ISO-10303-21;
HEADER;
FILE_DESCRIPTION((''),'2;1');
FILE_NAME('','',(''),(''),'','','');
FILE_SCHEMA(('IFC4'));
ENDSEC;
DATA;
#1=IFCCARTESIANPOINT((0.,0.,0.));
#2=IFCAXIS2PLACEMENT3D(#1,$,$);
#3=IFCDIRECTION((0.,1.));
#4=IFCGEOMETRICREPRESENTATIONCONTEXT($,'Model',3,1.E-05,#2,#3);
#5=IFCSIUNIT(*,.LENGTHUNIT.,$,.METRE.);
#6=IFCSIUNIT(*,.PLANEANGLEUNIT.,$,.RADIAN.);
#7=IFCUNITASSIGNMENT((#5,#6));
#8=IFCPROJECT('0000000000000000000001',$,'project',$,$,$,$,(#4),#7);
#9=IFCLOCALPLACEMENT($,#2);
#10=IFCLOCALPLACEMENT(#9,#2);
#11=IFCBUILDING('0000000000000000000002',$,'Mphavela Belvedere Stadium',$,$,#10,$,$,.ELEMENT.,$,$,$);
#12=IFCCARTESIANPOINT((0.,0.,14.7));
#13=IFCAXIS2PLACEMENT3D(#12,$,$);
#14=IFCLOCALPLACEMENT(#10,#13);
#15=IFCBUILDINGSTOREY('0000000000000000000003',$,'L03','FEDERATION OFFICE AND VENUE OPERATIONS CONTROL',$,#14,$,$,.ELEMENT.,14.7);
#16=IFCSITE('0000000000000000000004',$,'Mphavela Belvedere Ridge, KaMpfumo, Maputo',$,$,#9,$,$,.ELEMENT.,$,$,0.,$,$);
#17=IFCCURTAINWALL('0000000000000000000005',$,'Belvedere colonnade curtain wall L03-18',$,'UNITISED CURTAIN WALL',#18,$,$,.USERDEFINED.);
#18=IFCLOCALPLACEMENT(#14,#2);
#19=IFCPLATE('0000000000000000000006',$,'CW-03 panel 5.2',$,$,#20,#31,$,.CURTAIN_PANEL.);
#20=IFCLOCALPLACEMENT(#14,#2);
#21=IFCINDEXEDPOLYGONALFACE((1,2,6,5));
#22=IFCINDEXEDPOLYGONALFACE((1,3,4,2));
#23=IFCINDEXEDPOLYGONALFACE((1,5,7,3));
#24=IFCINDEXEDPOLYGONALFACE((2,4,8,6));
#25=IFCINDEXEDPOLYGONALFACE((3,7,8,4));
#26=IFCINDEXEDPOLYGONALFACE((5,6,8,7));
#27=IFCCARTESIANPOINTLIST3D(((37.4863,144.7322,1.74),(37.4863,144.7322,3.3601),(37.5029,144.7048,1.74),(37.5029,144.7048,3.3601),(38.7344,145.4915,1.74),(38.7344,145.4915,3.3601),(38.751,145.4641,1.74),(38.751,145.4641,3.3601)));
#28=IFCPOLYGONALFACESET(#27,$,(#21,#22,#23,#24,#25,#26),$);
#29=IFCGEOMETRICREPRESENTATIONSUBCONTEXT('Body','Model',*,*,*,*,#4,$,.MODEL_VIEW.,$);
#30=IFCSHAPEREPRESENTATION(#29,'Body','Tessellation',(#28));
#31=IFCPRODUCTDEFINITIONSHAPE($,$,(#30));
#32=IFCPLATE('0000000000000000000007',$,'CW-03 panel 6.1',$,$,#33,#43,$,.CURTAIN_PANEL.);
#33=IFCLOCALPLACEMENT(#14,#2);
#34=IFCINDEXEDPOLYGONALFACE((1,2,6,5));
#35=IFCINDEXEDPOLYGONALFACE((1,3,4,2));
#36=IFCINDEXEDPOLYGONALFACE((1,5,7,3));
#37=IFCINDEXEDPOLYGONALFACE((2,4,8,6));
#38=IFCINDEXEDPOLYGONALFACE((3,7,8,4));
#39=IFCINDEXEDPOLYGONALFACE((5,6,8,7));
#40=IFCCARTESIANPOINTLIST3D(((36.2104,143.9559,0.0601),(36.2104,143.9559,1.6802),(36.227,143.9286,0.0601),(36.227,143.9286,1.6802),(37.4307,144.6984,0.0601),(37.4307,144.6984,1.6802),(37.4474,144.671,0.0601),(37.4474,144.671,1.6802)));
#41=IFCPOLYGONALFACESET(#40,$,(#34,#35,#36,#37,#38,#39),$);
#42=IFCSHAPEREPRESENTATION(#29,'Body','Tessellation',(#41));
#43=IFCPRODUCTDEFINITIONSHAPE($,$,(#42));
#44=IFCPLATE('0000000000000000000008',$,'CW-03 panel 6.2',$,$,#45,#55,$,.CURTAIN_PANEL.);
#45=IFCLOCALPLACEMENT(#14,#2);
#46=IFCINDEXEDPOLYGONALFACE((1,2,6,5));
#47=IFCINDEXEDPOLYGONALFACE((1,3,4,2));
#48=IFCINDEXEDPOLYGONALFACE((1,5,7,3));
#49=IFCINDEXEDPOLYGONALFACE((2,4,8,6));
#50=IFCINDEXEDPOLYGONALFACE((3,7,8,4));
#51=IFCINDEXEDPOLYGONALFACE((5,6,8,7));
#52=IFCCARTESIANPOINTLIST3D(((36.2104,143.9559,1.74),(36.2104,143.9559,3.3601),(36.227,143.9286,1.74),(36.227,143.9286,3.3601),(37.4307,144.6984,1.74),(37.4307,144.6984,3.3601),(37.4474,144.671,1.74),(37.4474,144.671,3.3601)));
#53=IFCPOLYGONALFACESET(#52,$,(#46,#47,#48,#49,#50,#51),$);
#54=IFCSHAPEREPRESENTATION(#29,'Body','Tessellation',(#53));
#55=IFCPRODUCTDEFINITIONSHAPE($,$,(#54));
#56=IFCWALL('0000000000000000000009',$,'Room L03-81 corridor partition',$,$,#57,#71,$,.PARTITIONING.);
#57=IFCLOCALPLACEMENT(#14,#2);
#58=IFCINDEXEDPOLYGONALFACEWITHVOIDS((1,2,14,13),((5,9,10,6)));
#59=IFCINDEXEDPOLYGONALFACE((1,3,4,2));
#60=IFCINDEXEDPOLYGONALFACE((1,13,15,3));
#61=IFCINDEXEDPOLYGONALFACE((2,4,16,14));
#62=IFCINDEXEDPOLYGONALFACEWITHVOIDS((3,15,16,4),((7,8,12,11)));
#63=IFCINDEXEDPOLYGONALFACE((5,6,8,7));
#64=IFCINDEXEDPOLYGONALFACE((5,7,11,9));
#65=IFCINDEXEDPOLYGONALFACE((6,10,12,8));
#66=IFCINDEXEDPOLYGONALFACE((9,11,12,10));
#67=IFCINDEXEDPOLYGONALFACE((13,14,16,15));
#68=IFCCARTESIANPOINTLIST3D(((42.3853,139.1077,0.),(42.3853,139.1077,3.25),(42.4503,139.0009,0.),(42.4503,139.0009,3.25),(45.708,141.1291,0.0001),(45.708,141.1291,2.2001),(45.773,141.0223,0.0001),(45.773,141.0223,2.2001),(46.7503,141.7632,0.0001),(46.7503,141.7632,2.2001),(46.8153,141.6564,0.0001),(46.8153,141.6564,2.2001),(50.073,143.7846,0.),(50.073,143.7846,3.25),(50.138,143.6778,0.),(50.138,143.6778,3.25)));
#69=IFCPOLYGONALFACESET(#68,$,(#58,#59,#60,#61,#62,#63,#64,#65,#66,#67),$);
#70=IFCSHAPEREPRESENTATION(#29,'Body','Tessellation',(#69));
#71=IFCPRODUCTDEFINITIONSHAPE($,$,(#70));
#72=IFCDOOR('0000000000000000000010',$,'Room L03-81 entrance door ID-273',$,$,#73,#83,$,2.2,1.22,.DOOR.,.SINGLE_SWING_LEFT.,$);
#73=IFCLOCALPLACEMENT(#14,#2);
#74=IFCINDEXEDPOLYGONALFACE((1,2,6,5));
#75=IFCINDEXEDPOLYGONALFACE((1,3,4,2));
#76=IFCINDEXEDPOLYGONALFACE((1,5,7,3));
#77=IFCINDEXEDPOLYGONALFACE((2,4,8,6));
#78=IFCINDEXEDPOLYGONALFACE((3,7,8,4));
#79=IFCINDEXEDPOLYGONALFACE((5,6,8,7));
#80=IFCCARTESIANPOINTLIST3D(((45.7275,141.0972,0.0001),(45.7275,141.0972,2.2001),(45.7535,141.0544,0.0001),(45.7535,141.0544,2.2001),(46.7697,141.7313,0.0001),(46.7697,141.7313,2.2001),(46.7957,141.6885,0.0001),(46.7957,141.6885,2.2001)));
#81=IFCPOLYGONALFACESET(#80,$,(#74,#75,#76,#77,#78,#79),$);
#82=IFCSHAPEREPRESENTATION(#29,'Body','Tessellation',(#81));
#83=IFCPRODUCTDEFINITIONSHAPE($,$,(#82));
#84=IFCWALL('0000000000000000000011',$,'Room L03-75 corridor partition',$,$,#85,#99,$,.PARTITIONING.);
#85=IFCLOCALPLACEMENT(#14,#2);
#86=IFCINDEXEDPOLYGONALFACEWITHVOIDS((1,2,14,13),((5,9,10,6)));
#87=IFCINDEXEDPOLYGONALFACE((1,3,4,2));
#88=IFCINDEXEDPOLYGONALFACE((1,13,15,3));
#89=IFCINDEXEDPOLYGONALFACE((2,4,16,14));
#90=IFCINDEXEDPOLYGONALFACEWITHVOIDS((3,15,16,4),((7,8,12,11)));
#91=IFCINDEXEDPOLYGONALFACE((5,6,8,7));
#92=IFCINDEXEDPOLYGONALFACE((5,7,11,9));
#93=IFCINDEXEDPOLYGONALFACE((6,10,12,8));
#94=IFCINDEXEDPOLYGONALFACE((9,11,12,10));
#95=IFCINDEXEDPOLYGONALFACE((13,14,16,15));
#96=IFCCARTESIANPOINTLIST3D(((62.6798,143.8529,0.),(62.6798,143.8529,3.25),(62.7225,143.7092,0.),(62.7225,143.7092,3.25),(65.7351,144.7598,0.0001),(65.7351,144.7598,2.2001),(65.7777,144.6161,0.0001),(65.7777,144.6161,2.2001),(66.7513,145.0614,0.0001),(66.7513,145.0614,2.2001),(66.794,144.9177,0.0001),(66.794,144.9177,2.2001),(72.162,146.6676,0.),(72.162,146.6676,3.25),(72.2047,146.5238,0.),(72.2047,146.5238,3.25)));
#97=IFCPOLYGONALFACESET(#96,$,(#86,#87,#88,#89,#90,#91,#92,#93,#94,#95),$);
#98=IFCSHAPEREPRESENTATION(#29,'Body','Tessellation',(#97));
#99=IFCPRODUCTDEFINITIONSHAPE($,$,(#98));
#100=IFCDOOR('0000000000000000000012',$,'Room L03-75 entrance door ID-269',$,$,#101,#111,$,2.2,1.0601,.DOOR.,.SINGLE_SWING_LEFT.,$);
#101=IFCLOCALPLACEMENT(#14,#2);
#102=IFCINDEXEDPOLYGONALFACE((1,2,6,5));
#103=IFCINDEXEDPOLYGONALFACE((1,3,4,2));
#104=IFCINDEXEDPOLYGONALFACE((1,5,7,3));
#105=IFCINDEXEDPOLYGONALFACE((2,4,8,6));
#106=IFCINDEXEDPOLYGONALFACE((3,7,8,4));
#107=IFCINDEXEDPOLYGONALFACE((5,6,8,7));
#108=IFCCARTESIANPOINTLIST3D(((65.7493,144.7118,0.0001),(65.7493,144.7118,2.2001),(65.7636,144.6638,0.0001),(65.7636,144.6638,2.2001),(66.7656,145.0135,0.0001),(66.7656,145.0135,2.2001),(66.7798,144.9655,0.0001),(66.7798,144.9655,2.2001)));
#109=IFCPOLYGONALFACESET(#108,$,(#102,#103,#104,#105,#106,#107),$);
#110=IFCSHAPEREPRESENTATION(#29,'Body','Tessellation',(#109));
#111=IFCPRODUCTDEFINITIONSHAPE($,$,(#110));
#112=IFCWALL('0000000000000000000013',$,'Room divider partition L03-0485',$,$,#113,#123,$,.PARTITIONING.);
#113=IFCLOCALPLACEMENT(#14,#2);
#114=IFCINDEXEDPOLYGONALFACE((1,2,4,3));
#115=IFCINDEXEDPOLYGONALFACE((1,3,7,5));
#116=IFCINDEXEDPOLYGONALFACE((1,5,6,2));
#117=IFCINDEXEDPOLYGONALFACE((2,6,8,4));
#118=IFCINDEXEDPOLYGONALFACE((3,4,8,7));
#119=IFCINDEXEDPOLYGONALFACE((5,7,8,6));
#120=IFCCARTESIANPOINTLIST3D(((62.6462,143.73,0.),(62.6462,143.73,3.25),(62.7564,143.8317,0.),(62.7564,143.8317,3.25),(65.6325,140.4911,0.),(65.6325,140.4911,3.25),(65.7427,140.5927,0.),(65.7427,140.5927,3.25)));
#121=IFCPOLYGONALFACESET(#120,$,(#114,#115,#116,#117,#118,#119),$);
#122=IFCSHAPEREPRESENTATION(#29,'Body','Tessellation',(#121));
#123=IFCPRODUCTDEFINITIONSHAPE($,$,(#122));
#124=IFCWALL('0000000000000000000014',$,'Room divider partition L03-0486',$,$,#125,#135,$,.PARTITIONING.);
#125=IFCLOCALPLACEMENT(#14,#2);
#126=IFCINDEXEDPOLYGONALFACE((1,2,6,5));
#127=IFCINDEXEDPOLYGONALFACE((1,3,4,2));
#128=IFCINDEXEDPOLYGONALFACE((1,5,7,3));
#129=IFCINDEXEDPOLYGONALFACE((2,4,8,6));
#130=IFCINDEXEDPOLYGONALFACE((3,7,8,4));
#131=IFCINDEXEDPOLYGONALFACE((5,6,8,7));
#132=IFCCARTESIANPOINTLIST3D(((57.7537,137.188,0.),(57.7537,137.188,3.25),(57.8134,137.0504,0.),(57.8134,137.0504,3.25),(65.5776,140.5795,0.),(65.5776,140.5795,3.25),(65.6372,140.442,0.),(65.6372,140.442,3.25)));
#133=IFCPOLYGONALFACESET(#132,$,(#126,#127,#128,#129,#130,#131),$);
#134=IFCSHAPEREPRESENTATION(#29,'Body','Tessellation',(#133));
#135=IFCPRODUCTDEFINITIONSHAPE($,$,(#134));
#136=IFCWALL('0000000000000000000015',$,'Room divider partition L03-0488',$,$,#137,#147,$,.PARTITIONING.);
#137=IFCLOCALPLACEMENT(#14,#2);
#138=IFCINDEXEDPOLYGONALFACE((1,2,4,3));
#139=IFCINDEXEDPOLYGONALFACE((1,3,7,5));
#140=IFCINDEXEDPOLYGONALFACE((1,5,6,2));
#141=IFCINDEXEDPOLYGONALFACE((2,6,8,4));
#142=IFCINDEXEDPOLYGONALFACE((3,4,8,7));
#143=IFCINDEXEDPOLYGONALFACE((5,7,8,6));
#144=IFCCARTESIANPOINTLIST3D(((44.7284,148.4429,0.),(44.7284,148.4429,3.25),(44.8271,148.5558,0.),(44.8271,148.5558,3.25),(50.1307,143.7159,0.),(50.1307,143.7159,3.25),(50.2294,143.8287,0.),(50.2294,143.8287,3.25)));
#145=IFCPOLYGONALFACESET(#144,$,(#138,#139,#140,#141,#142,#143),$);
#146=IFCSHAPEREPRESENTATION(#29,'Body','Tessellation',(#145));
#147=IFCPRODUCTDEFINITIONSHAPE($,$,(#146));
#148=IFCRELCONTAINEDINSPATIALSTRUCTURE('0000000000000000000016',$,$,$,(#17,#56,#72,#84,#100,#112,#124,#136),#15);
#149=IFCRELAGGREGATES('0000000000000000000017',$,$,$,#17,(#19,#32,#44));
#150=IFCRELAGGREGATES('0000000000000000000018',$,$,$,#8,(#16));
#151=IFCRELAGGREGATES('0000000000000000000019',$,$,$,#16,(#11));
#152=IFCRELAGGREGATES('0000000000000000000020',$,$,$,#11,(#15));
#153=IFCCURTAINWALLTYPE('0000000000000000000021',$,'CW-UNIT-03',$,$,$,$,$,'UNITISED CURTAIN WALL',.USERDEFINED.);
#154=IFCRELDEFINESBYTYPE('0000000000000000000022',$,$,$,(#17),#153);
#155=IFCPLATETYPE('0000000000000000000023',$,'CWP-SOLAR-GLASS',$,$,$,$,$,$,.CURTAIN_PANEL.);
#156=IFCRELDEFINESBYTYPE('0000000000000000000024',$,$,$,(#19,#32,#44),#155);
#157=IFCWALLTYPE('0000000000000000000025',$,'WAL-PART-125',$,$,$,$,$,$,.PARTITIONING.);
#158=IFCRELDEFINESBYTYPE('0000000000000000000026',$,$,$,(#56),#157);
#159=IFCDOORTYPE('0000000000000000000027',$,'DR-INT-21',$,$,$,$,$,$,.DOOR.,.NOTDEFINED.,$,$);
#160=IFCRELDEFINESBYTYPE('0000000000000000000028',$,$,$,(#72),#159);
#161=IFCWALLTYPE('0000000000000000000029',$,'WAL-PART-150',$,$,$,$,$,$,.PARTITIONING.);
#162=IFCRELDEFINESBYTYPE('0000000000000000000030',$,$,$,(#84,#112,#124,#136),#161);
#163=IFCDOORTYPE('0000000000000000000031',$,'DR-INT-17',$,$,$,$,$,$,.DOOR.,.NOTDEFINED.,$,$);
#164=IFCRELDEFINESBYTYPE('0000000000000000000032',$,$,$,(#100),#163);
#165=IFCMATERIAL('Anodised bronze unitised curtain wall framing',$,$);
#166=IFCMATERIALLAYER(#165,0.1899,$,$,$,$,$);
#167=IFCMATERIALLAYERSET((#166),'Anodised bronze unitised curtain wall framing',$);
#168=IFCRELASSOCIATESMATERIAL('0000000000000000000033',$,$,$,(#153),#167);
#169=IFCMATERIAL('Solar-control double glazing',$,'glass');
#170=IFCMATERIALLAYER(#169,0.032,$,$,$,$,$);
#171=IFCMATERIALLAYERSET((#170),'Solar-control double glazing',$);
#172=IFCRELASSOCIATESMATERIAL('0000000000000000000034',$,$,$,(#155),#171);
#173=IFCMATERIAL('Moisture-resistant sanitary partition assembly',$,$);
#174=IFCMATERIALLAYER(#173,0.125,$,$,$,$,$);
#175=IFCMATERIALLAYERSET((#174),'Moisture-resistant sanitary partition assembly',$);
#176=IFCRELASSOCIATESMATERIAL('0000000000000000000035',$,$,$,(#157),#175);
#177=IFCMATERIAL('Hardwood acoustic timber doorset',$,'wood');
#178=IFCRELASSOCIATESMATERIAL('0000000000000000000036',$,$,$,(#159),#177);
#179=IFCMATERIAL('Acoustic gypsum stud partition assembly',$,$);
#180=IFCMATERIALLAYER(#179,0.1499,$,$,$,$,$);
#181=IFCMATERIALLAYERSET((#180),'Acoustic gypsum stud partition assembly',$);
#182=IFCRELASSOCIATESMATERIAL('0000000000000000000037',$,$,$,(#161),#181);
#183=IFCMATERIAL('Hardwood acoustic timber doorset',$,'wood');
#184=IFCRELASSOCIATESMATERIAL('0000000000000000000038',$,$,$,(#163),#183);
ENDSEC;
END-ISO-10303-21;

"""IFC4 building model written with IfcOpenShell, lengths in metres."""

from ifc_helpers import new_model, si_unit, direction, frame, frame_2d, origin, origin_2d, place, context, subcontext, project, spatial, rectangle, extrude, material, layer, layer_set, type_object, element, fill, aggregate, save


model = new_model("IFC4")

# Units and contexts
model_context = context("Model", 3, precision=1e-05, world=origin(), true_north=direction((0.0, 1.0)))
body_context = subcontext(model_context, "Body", "Model", "MODEL_VIEW")
ifc_project = project(units=[si_unit("LENGTHUNIT", "METRE"), si_unit("PLANEANGLEUNIT", "RADIAN")], contexts=[model_context])

# Site, building, storey
site_placement = place(None, origin())
site = spatial("IfcSite", under=ifc_project, at=site_placement, Name="Mphavela Belvedere Ridge, KaMpfumo, Maputo", CompositionType="ELEMENT", RefElevation=0.0)
building_placement = place(site_placement, origin())
building = spatial("IfcBuilding", under=site, at=building_placement, Name="Mphavela Belvedere Stadium", CompositionType="ELEMENT")
storey_placement = place(building_placement, frame((0.0, 0.0, 14.7)))
storey = spatial("IfcBuildingStorey", under=building, at=storey_placement, Name="L03", Description="FEDERATION OFFICE AND VENUE OPERATIONS CONTROL", CompositionType="ELEMENT", Elevation=14.7)

# Curtain wall, plates
ifc_material_1 = material(Name="Anodised bronze unitised curtain wall framing")
ifc_layer_1 = layer(ifc_material_1, 0.1899)
ifc_layer_set_1 = layer_set([ifc_layer_1], Name="Anodised bronze unitised curtain wall framing")
curtain_wall_type = type_object("IfcCurtainWallType", Name="CW-UNIT-03", ElementType="UNITISED CURTAIN WALL", PredefinedType="USERDEFINED", material=ifc_layer_set_1)
curtain_wall_placement = place(storey_placement, origin())
curtain_wall = element("IfcCurtainWall", 1, at=curtain_wall_placement, inside=storey, type_object=curtain_wall_type, Name="Belvedere colonnade curtain wall L03-18", ObjectType="UNITISED CURTAIN WALL", PredefinedType="USERDEFINED")
ifc_material_2 = material(Name="Solar-control double glazing", Category="glass")
ifc_layer_2 = layer(ifc_material_2, 0.032)
ifc_layer_set_2 = layer_set([ifc_layer_2], Name="Solar-control double glazing")
plate_type = type_object("IfcPlateType", Name="CWP-SOLAR-GLASS", PredefinedType="CURTAIN_PANEL", material=ifc_layer_set_2)
plate_1_placement = place(storey_placement, frame((38.1187, 145.0981, 1.74), z_axis=(0.0, 0.0, 1.0), x_axis=(-0.854325, -0.519738, 0.0)))
plate_1 = element("IfcPlate", 2, at=plate_1_placement, type_object=plate_type, Name="CW-03 panel 5.2", PredefinedType="CURTAIN_PANEL", context=body_context, shape_type="SweptSolid", body=[
    extrude(rectangle(XDim=1.4609, YDim=0.032, at=origin_2d()), origin(), (0.0, 0.0, 1.0), 1.6201),
])
plate_2_placement = place(storey_placement, frame((36.8289, 144.3135, 0.0601), z_axis=(0.0, 0.0, 1.0), x_axis=(-0.854325, -0.519738, 0.0)))
plate_2 = element("IfcPlate", 3, at=plate_2_placement, type_object=plate_type, Name="CW-03 panel 6.1", PredefinedType="CURTAIN_PANEL", context=body_context, shape_type="SweptSolid", body=[
    extrude(rectangle(XDim=1.4285, YDim=0.032, at=origin_2d()), origin(), (0.0, 0.0, 1.0), 1.6201),
])
plate_3_placement = place(storey_placement, frame((36.8289, 144.3135, 1.74), z_axis=(0.0, 0.0, 1.0), x_axis=(-0.854325, -0.519738, 0.0)))
plate_3 = element("IfcPlate", 4, at=plate_3_placement, type_object=plate_type, Name="CW-03 panel 6.2", PredefinedType="CURTAIN_PANEL", context=body_context, shape_type="SweptSolid", body=[
    extrude(rectangle(XDim=1.4285, YDim=0.032, at=origin_2d()), origin(), (0.0, 0.0, 1.0), 1.6201),
])
aggregate(curtain_wall, [plate_1, plate_2, plate_3])

# Walls, openings, doors
ifc_material_3 = material(Name="Moisture-resistant sanitary partition assembly")
ifc_layer_3 = layer(ifc_material_3, 0.125)
ifc_layer_set_3 = layer_set([ifc_layer_3], Name="Moisture-resistant sanitary partition assembly")
wall_type_1 = type_object("IfcWallType", Name="WAL-PART-125", PredefinedType="PARTITIONING", material=ifc_layer_set_3)
wall_1_placement = place(storey_placement, frame((50.1055, 143.7312, 0.0), z_axis=(0.0, 0.0, 1.0), x_axis=(-0.854322, -0.519745, 0.0)))
wall_1 = element("IfcWall", 5, at=wall_1_placement, inside=storey, type_object=wall_type_1, Name="Room L03-81 corridor partition", PredefinedType="PARTITIONING", context=body_context, shape_type="SweptSolid", body=[
    extrude(rectangle(XDim=8.9985, YDim=0.125, at=frame_2d((4.4993, 0.0))), origin(), (0.0, 0.0, 1.0), 3.25),
])
opening_1_placement = place(wall_1_placement, frame((3.8894, 0.0, 0.0)))
opening_1 = element("IfcOpeningElement", 6, at=opening_1_placement, cuts=wall_1, PredefinedType="OPENING", context=body_context, shape_type="SweptSolid", body=[
    extrude(rectangle(XDim=1.22, YDim=2.2, at=frame_2d((0.6099, 1.1001))), frame((0.0, 0.0725, 0.0), z_axis=(0.0, -1.0, 0.0), x_axis=(1.0, 0.0, 0.0)), (0.0, 0.0, 1.0), 0.145),
])
ifc_material_4 = material(Name="Hardwood acoustic timber doorset", Category="wood")
door_type_1 = type_object("IfcDoorType", Name="DR-INT-21", OperationType="NOTDEFINED", PredefinedType="DOOR", material=ifc_material_4)
door_1_placement = place(opening_1_placement, origin())
door_1 = element("IfcDoor", 7, at=door_1_placement, inside=storey, type_object=door_type_1, Name="Room L03-81 entrance door ID-273", OperationType="SINGLE_SWING_LEFT", OverallHeight=2.2, OverallWidth=1.22, PredefinedType="DOOR", context=body_context, shape_type="SweptSolid", body=[
    extrude(rectangle(XDim=1.22, YDim=2.2, at=frame_2d((0.6099, 1.1001))), frame((0.0, 0.0249, 0.0), z_axis=(0.0, -1.0, 0.0), x_axis=(1.0, 0.0, 0.0)), (0.0, 0.0, 1.0), 0.05),
])
fill(opening_1, door_1)
ifc_material_5 = material(Name="Acoustic gypsum stud partition assembly")
ifc_layer_4 = layer(ifc_material_5, 0.1499)
ifc_layer_set_4 = layer_set([ifc_layer_4], Name="Acoustic gypsum stud partition assembly")
wall_type_2 = type_object("IfcWallType", Name="WAL-PART-150", PredefinedType="PARTITIONING", material=ifc_layer_set_4)
wall_2_placement = place(storey_placement, frame((62.7012, 143.781, 0.0), z_axis=(0.0, 0.0, 1.0), x_axis=(0.958656, 0.284568, 0.0)))
wall_2 = element("IfcWall", 8, at=wall_2_placement, inside=storey, type_object=wall_type_2, Name="Room L03-75 corridor partition", PredefinedType="PARTITIONING", context=body_context, shape_type="SweptSolid", body=[
    extrude(rectangle(XDim=9.8911, YDim=0.1499, at=frame_2d((4.9456, 0.0))), origin(), (0.0, 0.0, 1.0), 3.25),
])
opening_2_placement = place(wall_2_placement, frame((3.187, 0.0, 0.0)))
opening_2 = element("IfcOpeningElement", 9, at=opening_2_placement, cuts=wall_2, PredefinedType="OPENING", context=body_context, shape_type="SweptSolid", body=[
    extrude(rectangle(XDim=1.0601, YDim=2.2, at=frame_2d((0.53, 1.1001))), frame((0.0, 0.085, 0.0), z_axis=(0.0, -1.0, 0.0), x_axis=(1.0, 0.0, 0.0)), (0.0, 0.0, 1.0), 0.1699),
])
ifc_material_6 = material(Name="Hardwood acoustic timber doorset", Category="wood")
door_type_2 = type_object("IfcDoorType", Name="DR-INT-17", OperationType="NOTDEFINED", PredefinedType="DOOR", material=ifc_material_6)
door_2_placement = place(opening_2_placement, origin())
door_2 = element("IfcDoor", 10, at=door_2_placement, inside=storey, type_object=door_type_2, Name="Room L03-75 entrance door ID-269", OperationType="SINGLE_SWING_LEFT", OverallHeight=2.2, OverallWidth=1.0601, PredefinedType="DOOR", context=body_context, shape_type="SweptSolid", body=[
    extrude(rectangle(XDim=1.0601, YDim=2.2, at=frame_2d((0.53, 1.1001))), frame((0.0, 0.0249, 0.0), z_axis=(0.0, -1.0, 0.0), x_axis=(1.0, 0.0, 0.0)), (0.0, 0.0, 1.0), 0.05),
])
fill(opening_2, door_2)

# Walls
wall_3_placement = place(storey_placement, frame((65.6875, 140.542, 0.0), z_axis=(0.0, 0.0, 1.0), x_axis=(-0.677847, 0.735203, 0.0)))
element("IfcWall", 11, at=wall_3_placement, inside=storey, type_object=wall_type_2, Name="Room divider partition L03-0485", PredefinedType="PARTITIONING", context=body_context, shape_type="SweptSolid", body=[
    extrude(rectangle(XDim=4.4055, YDim=0.1499, at=frame_2d((2.2026, 0.0))), origin(), (0.0, 0.0, 1.0), 3.25),
])
wall_4_placement = place(storey_placement, frame((65.6074, 140.5107, 0.0), z_axis=(0.0, 0.0, 1.0), x_axis=(-0.917504, -0.397727, 0.0)))
element("IfcWall", 12, at=wall_4_placement, inside=storey, type_object=wall_type_2, Name="Room divider partition L03-0486", PredefinedType="PARTITIONING", context=body_context, shape_type="SweptSolid", body=[
    extrude(rectangle(XDim=8.5273, YDim=0.1499, at=frame_2d((4.2637, 0.0))), origin(), (0.0, 0.0, 1.0), 3.25),
])
wall_5_placement = place(storey_placement, frame((50.1802, 143.7722, 0.0), z_axis=(0.0, 0.0, 1.0), x_axis=(-0.752577, 0.658505, 0.0)))
element("IfcWall", 13, at=wall_5_placement, inside=storey, type_object=wall_type_2, Name="Room divider partition L03-0488", PredefinedType="PARTITIONING", context=body_context, shape_type="SweptSolid", body=[
    extrude(rectangle(XDim=7.1785, YDim=0.1499, at=frame_2d((3.5894, 0.0))), origin(), (0.0, 0.0, 1.0), 3.25),
])

save(model, "model.ifc")
